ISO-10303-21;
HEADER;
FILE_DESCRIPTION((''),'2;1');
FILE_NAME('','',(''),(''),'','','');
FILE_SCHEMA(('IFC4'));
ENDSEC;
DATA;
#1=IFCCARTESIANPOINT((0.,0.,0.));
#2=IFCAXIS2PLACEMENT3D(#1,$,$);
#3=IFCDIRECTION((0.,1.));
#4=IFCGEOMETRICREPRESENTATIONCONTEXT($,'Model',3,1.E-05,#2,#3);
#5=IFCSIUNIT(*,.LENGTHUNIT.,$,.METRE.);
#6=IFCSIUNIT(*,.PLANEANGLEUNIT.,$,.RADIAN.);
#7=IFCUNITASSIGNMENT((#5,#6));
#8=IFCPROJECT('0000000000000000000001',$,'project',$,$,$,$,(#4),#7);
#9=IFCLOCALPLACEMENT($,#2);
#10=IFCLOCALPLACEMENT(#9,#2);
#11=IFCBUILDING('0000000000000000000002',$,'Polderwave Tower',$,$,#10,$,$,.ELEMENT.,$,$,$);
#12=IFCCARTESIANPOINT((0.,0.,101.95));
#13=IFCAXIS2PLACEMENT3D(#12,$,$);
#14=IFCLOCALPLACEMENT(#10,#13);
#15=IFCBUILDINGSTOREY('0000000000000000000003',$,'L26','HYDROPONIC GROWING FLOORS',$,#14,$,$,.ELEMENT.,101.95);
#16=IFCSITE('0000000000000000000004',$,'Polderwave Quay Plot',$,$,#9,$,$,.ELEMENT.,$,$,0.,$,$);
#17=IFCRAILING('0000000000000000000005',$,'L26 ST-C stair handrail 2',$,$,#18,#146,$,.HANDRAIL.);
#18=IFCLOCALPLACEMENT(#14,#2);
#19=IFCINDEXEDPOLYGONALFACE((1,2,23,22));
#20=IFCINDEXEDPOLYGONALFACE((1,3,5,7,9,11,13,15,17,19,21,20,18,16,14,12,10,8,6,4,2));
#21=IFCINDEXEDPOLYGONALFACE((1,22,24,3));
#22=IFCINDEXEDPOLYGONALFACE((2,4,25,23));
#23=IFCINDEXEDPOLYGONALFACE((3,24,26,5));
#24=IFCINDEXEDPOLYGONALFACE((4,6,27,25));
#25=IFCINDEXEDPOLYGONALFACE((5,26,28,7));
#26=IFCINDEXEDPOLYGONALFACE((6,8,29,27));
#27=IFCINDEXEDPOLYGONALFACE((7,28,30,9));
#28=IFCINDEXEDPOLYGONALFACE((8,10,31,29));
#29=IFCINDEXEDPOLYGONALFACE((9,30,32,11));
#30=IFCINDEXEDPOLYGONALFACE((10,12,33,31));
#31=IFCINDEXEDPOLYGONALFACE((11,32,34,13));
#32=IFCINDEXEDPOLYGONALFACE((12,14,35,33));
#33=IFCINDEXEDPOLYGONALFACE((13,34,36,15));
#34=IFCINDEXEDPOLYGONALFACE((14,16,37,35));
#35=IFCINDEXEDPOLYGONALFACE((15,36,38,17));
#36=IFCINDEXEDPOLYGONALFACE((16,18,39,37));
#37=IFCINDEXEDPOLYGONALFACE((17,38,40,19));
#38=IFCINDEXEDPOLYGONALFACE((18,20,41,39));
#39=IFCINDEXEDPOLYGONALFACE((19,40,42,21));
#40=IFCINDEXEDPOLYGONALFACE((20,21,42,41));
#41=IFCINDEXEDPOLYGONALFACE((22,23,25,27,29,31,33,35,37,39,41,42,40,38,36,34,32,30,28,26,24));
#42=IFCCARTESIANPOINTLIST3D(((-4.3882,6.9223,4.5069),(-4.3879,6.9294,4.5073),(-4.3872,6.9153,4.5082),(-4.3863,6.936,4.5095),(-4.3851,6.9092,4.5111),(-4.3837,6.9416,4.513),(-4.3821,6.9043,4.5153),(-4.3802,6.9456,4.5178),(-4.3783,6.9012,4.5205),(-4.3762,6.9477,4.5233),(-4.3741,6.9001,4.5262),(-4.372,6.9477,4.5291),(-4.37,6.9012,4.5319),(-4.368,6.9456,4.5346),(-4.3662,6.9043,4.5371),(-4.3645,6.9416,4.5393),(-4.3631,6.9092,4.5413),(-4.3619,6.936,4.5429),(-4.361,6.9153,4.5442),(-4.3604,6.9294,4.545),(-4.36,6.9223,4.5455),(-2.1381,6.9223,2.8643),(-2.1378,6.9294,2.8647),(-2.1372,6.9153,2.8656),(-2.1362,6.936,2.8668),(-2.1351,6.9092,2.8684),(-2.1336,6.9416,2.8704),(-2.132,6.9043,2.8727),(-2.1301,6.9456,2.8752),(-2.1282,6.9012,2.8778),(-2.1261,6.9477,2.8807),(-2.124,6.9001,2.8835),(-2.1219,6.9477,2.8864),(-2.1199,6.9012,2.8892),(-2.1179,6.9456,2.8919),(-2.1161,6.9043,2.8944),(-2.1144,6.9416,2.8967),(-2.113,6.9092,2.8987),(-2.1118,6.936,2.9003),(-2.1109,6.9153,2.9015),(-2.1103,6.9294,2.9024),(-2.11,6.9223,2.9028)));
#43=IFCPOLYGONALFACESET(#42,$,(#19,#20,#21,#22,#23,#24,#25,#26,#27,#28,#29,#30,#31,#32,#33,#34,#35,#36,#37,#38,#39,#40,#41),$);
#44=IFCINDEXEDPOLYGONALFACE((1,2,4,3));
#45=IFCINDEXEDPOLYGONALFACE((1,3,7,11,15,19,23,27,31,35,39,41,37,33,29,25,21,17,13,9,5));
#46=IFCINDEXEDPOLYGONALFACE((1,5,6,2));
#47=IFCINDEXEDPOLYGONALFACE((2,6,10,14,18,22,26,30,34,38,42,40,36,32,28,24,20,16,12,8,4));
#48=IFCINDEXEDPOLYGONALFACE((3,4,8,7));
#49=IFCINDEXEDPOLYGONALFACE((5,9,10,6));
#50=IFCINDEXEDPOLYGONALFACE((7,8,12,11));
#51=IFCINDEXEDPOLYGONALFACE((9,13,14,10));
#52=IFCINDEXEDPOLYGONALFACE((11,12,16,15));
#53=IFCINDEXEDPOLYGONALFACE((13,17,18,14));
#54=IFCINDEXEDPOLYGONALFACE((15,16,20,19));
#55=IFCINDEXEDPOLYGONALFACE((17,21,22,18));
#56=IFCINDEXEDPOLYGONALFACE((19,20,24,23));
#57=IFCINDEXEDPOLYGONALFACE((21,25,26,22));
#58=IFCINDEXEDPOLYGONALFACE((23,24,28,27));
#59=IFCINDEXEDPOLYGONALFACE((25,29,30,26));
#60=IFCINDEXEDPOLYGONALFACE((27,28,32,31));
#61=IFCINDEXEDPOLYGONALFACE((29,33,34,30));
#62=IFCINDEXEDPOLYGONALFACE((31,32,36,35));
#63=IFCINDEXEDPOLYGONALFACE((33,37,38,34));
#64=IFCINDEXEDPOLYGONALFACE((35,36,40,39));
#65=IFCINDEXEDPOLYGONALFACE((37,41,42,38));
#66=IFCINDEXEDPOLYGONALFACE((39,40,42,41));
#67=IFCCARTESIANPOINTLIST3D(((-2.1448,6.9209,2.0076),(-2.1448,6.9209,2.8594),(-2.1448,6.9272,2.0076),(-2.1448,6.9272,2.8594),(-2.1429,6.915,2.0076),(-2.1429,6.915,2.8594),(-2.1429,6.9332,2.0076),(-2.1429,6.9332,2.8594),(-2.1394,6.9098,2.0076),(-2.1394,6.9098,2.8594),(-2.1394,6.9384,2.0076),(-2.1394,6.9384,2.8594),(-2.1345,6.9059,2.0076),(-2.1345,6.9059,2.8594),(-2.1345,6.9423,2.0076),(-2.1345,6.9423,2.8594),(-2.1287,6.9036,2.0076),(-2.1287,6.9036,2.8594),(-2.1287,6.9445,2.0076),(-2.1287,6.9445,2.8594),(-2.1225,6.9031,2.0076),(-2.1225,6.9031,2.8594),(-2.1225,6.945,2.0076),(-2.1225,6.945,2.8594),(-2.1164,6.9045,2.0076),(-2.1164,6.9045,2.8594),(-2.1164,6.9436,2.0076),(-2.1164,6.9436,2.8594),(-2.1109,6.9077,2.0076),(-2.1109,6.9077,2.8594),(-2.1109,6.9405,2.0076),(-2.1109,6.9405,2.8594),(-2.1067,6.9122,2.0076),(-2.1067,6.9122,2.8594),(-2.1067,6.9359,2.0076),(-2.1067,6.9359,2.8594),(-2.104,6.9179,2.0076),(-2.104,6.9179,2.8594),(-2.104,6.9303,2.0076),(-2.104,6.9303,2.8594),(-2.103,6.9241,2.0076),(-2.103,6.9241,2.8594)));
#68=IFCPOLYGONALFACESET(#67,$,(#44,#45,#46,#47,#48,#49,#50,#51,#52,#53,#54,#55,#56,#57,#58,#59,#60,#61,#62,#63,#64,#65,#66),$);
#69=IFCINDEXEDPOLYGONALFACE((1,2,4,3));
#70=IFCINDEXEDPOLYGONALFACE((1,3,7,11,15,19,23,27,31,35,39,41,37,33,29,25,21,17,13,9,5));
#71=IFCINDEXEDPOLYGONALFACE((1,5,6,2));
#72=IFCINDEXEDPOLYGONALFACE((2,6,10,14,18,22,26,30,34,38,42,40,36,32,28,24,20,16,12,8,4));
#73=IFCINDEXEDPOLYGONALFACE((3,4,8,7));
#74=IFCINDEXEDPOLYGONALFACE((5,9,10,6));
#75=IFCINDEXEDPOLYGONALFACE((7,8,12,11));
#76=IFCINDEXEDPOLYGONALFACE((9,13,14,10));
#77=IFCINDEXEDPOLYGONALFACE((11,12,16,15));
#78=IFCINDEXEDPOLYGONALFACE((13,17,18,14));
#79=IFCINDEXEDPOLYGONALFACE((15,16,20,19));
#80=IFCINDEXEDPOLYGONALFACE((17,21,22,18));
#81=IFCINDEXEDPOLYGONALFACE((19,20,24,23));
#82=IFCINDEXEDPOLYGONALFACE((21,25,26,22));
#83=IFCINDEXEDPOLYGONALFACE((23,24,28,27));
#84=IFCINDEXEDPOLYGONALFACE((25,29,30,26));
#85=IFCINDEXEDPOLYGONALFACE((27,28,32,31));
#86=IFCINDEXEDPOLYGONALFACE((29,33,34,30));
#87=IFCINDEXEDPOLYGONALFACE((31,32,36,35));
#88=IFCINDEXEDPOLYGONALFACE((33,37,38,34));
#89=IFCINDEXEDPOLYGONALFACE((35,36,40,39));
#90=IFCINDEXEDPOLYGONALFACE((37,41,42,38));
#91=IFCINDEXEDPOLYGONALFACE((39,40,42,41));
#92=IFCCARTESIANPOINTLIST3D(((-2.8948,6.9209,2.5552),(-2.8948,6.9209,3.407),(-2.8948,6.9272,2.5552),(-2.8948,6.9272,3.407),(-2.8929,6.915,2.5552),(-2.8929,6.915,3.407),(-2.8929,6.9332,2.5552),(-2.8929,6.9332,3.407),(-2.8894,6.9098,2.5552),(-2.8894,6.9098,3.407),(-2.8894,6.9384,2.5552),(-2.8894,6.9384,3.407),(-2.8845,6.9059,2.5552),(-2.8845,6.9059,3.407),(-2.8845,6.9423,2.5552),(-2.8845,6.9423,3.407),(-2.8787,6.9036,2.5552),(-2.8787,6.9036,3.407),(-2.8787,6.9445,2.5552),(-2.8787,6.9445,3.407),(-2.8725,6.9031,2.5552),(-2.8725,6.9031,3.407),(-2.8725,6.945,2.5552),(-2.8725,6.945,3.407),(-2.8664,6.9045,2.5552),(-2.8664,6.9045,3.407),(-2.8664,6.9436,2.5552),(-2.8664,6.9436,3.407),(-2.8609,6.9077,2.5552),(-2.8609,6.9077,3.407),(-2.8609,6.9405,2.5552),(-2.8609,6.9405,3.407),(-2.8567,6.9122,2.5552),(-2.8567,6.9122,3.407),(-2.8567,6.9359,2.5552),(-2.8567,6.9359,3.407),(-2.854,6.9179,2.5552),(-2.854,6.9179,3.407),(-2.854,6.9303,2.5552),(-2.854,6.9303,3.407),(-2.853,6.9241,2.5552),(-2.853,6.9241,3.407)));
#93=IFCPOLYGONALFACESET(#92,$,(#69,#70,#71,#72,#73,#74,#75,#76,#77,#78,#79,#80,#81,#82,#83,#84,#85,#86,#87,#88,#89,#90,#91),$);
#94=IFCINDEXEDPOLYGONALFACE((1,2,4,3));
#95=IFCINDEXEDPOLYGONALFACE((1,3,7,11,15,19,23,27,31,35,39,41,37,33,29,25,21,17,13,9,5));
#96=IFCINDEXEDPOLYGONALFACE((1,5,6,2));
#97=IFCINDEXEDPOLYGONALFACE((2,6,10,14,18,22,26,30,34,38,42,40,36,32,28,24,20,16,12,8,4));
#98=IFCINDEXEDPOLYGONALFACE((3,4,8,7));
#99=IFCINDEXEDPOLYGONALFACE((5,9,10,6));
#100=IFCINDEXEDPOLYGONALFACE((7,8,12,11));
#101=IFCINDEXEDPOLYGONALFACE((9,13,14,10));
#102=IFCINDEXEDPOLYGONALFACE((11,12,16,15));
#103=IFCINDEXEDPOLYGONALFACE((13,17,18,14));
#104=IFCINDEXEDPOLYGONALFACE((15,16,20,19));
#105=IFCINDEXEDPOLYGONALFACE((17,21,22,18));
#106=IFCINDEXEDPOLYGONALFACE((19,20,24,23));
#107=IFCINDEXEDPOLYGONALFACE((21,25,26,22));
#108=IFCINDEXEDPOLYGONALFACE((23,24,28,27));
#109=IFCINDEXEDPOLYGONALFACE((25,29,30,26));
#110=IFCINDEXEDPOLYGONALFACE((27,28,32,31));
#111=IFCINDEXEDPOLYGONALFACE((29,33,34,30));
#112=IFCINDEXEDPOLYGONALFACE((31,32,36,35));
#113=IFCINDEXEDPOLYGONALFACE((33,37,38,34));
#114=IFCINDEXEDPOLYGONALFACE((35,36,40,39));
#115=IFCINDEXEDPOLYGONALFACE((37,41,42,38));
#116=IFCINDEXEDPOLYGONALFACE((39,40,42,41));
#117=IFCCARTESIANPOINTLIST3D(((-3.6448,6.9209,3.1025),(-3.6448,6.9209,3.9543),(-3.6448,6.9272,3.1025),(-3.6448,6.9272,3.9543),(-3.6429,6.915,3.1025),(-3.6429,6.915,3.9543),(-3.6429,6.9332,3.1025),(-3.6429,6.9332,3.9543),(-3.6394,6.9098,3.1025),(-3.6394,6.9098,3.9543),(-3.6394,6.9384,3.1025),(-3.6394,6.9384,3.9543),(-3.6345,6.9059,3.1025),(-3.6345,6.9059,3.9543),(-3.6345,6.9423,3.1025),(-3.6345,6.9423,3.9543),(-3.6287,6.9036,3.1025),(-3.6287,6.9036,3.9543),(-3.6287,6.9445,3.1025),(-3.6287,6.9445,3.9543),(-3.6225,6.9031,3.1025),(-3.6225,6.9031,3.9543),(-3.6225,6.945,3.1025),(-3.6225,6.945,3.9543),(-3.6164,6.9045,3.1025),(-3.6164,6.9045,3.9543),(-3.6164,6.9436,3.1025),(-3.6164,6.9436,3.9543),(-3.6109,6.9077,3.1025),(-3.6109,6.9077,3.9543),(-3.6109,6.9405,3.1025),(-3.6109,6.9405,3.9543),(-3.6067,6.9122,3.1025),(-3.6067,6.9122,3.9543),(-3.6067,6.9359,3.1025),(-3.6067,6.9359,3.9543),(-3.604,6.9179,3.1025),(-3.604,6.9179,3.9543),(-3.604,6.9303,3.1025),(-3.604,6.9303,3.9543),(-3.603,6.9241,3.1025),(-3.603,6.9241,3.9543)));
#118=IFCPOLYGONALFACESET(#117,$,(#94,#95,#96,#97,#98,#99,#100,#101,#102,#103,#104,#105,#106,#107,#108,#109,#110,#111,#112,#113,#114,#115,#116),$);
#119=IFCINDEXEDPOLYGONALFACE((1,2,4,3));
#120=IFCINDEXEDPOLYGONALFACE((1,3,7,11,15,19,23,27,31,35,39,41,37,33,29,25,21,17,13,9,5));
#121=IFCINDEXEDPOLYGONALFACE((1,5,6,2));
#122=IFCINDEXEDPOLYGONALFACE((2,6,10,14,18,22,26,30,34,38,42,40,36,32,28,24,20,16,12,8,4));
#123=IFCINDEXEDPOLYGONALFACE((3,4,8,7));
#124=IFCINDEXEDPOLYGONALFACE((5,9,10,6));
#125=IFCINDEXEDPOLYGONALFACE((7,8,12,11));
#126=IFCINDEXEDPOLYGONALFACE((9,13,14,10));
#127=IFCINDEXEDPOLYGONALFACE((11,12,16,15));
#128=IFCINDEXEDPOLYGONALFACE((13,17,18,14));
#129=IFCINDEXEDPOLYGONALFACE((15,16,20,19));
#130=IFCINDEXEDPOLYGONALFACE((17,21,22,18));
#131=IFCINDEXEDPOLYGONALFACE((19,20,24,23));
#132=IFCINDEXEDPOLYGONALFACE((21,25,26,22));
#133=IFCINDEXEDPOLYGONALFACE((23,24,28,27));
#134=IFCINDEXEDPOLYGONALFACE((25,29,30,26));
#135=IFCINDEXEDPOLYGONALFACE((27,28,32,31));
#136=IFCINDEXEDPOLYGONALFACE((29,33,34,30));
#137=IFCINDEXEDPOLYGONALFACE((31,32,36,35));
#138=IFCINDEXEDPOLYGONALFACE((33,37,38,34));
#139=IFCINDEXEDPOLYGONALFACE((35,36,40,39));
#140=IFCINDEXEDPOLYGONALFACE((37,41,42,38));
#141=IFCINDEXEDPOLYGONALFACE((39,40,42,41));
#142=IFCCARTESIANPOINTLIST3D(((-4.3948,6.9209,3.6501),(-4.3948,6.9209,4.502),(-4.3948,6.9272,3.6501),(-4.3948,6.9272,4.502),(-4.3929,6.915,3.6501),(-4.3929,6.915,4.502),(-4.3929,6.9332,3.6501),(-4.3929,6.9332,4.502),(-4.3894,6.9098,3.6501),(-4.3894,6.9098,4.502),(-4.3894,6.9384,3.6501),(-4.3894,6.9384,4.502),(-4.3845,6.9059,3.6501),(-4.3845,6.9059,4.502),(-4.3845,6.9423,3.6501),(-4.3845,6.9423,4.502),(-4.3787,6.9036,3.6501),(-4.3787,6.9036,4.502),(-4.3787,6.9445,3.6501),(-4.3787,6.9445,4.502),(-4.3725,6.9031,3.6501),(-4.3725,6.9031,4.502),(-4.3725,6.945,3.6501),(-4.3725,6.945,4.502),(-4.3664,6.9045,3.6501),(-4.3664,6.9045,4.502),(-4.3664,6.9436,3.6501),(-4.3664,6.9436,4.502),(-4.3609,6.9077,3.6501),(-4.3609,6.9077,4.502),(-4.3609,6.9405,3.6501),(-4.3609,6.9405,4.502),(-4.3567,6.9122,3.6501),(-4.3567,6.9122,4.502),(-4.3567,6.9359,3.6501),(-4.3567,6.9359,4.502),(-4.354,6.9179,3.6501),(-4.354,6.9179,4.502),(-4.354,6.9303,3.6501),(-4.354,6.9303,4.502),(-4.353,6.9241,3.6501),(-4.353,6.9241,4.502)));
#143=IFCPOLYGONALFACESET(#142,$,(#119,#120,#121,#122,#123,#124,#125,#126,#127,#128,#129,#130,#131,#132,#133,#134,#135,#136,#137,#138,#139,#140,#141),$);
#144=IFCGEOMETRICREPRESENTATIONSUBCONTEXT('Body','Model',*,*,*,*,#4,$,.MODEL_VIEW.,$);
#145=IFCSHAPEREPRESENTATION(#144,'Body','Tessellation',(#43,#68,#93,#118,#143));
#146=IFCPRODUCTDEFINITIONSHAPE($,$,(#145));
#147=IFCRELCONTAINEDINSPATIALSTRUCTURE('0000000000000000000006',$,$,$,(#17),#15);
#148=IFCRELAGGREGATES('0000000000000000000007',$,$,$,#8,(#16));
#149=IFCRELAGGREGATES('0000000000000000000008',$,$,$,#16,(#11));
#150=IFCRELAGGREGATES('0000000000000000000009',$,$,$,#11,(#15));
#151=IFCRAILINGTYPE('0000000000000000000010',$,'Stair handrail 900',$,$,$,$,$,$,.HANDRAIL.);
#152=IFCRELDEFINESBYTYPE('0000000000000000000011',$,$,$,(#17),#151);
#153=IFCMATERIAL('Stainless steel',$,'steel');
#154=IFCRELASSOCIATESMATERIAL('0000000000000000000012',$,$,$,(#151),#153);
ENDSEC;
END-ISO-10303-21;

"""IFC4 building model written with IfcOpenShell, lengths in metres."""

from ifc_helpers import new_model, si_unit, direction, frame, origin, origin_2d, place, context, subcontext, project, spatial, circle, extrude, material, type_object, element, save


model = new_model("IFC4")

# Units and contexts
model_context = context("Model", 3, precision=1e-05, world=origin(), true_north=direction((0.0, 1.0)))
body_context = subcontext(model_context, "Body", "Model", "MODEL_VIEW")
ifc_project = project(units=[si_unit("LENGTHUNIT", "METRE"), si_unit("PLANEANGLEUNIT", "RADIAN")], contexts=[model_context])

# Site, building, storey
site_placement = place(None, origin())
site = spatial("IfcSite", under=ifc_project, at=site_placement, Name="Polderwave Quay Plot", CompositionType="ELEMENT", RefElevation=0.0)
building_placement = place(site_placement, origin())
building = spatial("IfcBuilding", under=site, at=building_placement, Name="Polderwave Tower", CompositionType="ELEMENT")
storey_placement = place(building_placement, frame((0.0, 0.0, 101.95)))
storey = spatial("IfcBuildingStorey", under=building, at=storey_placement, Name="L26", Description="HYDROPONIC GROWING FLOORS", CompositionType="ELEMENT", Elevation=101.95)

# Railing
ifc_material_1 = material(Name="Stainless steel", Category="steel")
railing_type = type_object("IfcRailingType", Name="Stair handrail 900", PredefinedType="HANDRAIL", material=ifc_material_1)
railing_placement = place(storey_placement, frame((-2.124, 6.9241, 2.0076)))
element("IfcRailing", 1, at=railing_placement, inside=storey, type_object=railing_type, Name="L26 ST-C stair handrail 2", PredefinedType="HANDRAIL", context=body_context, shape_type="SweptSolid", body=[
    extrude(circle(Radius=0.0239, at=origin_2d()), frame((0.0, 0.0, 0.876), z_axis=(-0.807674, 0.0, 0.58963), x_axis=(0.0, -1.0, 0.0)), (0.0, 0.0, 1.0), 2.7859),
    extrude(circle(Radius=0.021, at=origin_2d()), origin(), (0.0, 0.0, 1.0), 0.8518),
    extrude(circle(Radius=0.021, at=origin_2d()), frame((-0.75, 0.0, 0.5476)), (0.0, 0.0, 1.0), 0.8518),
    extrude(circle(Radius=0.021, at=origin_2d()), frame((-1.5, 0.0, 1.095)), (0.0, 0.0, 1.0), 0.8518),
    extrude(circle(Radius=0.021, at=origin_2d()), frame((-2.25, 0.0, 1.6426)), (0.0, 0.0, 1.0), 0.8518),
])

save(model, "model.ifc")
